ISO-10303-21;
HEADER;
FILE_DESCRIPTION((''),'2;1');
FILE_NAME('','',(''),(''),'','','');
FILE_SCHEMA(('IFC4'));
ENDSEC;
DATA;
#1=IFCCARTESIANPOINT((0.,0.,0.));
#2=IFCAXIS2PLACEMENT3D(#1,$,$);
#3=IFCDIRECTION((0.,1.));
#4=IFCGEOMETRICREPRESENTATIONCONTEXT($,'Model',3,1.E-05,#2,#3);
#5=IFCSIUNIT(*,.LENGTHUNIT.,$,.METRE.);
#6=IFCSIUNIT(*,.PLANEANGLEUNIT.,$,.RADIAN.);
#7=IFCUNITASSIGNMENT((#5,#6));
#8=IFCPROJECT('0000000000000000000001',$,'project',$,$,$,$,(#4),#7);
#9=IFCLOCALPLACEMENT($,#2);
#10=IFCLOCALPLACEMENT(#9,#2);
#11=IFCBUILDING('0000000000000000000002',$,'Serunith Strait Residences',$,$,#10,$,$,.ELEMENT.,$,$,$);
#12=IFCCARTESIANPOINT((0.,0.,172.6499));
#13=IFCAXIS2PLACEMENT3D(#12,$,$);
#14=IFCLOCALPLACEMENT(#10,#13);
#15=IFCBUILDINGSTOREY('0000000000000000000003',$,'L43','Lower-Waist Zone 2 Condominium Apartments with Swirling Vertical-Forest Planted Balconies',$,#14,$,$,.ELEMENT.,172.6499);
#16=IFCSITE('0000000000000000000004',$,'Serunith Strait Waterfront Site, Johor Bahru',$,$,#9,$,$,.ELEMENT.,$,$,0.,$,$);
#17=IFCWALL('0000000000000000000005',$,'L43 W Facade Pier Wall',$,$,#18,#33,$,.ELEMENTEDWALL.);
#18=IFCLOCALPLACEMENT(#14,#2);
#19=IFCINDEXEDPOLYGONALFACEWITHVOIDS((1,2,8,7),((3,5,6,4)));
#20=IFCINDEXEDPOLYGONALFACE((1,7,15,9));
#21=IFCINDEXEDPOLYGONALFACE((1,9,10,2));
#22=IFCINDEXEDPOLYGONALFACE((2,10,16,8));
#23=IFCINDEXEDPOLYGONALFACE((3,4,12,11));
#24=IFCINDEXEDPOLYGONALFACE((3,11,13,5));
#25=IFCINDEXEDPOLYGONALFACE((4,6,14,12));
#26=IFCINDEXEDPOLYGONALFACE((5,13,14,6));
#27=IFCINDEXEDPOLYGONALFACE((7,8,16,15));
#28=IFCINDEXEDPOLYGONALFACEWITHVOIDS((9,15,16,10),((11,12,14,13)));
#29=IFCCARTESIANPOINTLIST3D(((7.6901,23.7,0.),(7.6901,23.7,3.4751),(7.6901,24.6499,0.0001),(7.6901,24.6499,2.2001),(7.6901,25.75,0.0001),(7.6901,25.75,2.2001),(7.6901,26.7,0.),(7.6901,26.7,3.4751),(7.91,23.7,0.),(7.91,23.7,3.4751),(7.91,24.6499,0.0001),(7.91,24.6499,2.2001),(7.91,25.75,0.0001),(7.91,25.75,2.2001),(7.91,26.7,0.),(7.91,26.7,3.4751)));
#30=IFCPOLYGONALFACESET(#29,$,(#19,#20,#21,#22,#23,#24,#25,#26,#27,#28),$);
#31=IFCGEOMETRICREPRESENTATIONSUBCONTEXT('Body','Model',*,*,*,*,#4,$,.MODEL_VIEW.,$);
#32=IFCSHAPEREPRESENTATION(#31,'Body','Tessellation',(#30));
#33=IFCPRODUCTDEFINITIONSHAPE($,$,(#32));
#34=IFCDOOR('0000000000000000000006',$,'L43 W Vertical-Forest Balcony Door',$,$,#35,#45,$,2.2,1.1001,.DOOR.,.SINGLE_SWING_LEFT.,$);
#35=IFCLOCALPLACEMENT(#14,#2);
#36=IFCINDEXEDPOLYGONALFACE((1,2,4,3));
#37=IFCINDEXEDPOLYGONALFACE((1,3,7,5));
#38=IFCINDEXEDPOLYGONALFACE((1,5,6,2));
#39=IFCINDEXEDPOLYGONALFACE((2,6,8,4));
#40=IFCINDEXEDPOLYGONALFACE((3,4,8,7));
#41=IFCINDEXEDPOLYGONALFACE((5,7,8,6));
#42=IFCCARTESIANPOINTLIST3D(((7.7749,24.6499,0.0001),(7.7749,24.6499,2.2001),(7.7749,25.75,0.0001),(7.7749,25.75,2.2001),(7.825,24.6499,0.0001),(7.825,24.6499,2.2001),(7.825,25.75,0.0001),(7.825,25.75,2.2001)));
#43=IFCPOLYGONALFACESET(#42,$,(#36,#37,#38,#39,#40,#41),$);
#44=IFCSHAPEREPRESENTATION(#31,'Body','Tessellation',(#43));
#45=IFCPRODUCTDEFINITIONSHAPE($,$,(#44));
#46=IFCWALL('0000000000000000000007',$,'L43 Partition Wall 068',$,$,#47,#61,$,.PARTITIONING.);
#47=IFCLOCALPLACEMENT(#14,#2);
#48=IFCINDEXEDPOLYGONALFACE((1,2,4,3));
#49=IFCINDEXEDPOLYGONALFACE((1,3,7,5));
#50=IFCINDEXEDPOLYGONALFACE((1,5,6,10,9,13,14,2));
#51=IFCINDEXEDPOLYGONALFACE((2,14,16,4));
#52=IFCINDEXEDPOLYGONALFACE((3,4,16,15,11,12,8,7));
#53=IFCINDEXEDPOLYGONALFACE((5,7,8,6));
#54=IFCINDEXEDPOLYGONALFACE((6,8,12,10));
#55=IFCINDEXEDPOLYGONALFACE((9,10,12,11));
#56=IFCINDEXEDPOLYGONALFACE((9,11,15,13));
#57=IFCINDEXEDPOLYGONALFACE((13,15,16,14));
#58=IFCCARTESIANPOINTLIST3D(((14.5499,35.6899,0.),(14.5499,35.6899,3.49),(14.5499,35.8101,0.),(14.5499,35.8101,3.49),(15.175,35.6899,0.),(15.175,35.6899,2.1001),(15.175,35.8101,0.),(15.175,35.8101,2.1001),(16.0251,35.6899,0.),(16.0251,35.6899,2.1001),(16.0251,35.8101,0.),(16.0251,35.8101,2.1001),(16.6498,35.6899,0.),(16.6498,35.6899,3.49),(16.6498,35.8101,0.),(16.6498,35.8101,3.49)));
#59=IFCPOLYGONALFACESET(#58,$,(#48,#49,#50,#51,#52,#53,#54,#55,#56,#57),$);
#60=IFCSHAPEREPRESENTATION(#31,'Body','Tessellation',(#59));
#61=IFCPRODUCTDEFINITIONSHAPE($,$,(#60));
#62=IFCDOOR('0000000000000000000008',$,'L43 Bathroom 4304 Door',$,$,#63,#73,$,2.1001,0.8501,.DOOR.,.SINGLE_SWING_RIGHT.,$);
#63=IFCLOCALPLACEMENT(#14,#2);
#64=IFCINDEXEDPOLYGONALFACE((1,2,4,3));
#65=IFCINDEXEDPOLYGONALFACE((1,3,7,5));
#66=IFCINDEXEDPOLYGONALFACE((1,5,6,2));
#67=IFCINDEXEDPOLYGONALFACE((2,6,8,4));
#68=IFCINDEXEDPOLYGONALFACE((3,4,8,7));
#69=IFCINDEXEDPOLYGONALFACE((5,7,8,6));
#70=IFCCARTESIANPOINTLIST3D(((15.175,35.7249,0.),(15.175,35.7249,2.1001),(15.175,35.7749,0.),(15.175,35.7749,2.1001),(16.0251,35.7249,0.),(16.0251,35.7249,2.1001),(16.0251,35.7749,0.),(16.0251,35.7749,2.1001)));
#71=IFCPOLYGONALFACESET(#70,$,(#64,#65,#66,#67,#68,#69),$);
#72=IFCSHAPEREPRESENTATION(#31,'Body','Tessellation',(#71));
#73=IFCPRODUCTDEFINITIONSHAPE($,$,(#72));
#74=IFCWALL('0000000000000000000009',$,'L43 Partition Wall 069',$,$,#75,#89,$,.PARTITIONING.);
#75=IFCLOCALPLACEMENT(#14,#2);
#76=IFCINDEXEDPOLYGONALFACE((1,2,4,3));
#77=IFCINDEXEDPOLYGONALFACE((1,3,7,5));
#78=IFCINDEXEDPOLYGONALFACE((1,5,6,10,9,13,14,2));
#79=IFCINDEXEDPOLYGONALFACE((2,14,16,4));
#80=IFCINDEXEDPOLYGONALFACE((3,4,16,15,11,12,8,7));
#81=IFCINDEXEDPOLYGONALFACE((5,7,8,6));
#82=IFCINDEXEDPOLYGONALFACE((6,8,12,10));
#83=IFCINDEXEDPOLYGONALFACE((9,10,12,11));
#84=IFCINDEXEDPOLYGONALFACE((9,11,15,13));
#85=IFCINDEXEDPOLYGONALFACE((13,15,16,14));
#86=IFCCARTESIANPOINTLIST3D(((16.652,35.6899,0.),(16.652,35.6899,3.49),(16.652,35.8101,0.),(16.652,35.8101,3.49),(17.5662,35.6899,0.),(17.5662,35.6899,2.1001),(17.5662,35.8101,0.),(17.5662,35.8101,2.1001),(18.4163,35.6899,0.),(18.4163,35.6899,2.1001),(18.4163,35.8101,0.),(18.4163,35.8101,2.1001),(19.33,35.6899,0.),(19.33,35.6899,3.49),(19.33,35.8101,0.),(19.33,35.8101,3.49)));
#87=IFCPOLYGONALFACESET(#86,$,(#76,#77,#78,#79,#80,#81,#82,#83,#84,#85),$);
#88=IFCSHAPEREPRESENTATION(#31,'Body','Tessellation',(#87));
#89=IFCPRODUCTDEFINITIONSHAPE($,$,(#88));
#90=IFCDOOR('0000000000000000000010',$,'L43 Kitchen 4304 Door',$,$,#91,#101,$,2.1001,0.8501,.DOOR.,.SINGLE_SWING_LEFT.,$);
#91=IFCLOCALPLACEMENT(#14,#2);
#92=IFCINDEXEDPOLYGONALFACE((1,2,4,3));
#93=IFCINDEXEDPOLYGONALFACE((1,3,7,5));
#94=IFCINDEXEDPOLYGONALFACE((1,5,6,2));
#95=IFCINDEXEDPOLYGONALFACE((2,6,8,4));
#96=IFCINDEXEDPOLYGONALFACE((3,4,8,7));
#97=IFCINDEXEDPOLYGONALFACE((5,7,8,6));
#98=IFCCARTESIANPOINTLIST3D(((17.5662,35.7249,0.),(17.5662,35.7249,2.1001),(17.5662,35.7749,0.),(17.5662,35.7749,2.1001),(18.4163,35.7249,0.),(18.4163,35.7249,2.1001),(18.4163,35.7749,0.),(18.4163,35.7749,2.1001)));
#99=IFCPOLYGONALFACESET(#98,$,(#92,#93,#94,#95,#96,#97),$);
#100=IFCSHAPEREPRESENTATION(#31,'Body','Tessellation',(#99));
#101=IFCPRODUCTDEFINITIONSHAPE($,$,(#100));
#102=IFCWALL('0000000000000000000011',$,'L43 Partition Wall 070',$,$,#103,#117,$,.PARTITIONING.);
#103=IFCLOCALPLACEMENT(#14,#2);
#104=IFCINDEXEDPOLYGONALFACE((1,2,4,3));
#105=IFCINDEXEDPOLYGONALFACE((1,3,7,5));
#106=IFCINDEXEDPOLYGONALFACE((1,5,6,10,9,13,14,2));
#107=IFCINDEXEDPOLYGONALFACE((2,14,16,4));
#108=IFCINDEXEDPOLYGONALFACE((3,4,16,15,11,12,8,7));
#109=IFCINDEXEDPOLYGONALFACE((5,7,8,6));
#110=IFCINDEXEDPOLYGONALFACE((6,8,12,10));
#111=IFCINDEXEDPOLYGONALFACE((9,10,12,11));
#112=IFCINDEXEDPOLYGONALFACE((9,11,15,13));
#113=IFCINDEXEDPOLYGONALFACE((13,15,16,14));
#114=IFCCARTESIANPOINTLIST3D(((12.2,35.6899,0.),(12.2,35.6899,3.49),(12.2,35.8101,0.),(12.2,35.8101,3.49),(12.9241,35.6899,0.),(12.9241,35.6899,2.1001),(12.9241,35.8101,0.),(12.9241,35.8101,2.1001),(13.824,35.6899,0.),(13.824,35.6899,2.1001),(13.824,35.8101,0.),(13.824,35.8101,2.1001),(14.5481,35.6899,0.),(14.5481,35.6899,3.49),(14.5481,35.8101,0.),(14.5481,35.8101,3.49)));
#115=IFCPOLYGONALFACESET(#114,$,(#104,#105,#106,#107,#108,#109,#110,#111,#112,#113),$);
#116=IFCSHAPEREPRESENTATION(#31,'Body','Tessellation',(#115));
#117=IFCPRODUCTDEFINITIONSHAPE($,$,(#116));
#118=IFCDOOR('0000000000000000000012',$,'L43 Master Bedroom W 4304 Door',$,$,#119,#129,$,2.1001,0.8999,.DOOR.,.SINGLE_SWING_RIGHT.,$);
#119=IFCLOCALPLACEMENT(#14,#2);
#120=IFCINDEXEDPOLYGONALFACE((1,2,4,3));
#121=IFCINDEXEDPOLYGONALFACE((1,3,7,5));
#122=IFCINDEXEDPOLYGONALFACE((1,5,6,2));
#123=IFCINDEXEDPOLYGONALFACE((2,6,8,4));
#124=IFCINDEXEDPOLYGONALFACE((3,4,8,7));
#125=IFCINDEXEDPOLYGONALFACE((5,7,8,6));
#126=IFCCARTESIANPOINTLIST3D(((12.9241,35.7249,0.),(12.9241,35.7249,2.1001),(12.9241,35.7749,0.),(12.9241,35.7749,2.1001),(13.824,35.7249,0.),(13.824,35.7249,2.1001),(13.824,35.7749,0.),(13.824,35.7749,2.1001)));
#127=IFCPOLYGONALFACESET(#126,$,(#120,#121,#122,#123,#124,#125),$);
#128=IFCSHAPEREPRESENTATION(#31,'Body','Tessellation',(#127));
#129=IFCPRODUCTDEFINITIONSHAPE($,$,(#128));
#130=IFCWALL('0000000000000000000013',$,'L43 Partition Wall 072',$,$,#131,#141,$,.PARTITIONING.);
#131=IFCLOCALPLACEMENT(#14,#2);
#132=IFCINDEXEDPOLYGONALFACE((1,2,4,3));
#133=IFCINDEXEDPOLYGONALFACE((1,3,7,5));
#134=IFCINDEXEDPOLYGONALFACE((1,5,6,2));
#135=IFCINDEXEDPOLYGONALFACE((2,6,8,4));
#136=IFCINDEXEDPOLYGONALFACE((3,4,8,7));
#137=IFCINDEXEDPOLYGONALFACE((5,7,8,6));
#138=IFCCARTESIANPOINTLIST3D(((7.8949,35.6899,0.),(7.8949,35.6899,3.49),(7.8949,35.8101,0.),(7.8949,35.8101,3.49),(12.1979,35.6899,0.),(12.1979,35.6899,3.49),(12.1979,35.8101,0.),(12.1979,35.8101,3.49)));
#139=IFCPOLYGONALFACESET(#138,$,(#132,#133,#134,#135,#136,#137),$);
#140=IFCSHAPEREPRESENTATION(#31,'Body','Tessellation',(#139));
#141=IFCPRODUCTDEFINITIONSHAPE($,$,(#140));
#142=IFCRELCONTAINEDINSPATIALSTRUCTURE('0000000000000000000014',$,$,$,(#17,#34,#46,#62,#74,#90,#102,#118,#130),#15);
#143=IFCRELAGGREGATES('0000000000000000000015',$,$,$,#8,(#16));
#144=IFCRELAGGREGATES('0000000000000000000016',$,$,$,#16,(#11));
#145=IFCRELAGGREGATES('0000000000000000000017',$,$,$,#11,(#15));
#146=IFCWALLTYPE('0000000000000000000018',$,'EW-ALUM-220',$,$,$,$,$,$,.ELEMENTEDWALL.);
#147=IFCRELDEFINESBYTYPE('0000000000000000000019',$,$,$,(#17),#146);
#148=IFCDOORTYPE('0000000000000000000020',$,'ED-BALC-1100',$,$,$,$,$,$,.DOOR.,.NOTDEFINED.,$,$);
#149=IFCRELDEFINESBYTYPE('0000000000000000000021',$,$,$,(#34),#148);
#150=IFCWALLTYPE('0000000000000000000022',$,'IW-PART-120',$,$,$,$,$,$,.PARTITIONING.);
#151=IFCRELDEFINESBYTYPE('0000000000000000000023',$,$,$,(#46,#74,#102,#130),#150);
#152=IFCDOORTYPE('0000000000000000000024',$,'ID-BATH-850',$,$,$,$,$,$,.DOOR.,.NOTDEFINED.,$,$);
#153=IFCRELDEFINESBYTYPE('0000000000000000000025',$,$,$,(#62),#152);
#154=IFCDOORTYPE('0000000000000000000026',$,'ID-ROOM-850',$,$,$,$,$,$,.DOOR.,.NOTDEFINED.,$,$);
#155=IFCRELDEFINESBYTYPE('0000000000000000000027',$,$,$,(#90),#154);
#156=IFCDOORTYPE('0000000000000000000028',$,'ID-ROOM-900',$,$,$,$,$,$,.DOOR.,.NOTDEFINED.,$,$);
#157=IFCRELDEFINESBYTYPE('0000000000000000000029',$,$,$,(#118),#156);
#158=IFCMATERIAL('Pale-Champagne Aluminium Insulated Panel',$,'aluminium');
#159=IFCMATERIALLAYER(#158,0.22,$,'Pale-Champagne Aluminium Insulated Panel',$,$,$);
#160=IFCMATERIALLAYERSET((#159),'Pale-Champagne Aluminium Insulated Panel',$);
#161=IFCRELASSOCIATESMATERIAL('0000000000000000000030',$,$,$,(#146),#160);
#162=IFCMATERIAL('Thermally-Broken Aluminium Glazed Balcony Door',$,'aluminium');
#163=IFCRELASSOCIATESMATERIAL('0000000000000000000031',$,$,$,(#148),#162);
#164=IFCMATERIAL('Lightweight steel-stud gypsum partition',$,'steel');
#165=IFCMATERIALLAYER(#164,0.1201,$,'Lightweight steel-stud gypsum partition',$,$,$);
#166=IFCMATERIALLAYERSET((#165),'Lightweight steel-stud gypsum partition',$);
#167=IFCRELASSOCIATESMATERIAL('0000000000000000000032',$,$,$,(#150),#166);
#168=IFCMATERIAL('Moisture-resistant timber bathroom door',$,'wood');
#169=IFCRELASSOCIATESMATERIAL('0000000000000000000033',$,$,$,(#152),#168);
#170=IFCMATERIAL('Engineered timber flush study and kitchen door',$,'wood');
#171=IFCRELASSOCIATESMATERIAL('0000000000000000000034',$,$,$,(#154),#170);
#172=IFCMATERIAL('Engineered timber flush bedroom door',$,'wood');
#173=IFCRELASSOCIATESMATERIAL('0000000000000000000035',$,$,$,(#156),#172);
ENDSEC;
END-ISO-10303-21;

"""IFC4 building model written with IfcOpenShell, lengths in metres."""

from ifc_helpers import new_model, si_unit, direction, frame, frame_2d, origin, place, context, subcontext, project, spatial, rectangle, extrude, source, transform, mapped, material, layer, layer_set, type_object, element, fill, save


model = new_model("IFC4")

# Units and contexts
model_context = context("Model", 3, precision=1e-05, world=origin(), true_north=direction((0.0, 1.0)))
body_context = subcontext(model_context, "Body", "Model", "MODEL_VIEW")
ifc_project = project(units=[si_unit("LENGTHUNIT", "METRE"), si_unit("PLANEANGLEUNIT", "RADIAN")], contexts=[model_context])

# Site, building, storey
site_placement = place(None, origin())
site = spatial("IfcSite", under=ifc_project, at=site_placement, Name="Serunith Strait Waterfront Site, Johor Bahru", CompositionType="ELEMENT", RefElevation=0.0)
building_placement = place(site_placement, origin())
building = spatial("IfcBuilding", under=site, at=building_placement, Name="Serunith Strait Residences", CompositionType="ELEMENT")
storey_placement = place(building_placement, frame((0.0, 0.0, 172.6499)))
storey = spatial("IfcBuildingStorey", under=building, at=storey_placement, Name="L43", Description="Lower-Waist Zone 2 Condominium Apartments with Swirling Vertical-Forest Planted Balconies", CompositionType="ELEMENT", Elevation=172.6499)

# Walls, openings, doors
ifc_material_1 = material(Name="Pale-Champagne Aluminium Insulated Panel", Category="aluminium")
ifc_layer_1 = layer(ifc_material_1, 0.22, Name="Pale-Champagne Aluminium Insulated Panel")
ifc_layer_set_1 = layer_set([ifc_layer_1], Name="Pale-Champagne Aluminium Insulated Panel")
wall_type_1 = type_object("IfcWallType", Name="EW-ALUM-220", PredefinedType="ELEMENTEDWALL", material=ifc_layer_set_1)
wall_1_placement = place(storey_placement, frame((7.8, 26.7, 0.0), z_axis=(0.0, 0.0, 1.0), x_axis=(0.0, -1.0, 0.0)))
wall_1 = element("IfcWall", 1, at=wall_1_placement, inside=storey, type_object=wall_type_1, Name="L43 W Facade Pier Wall", PredefinedType="ELEMENTEDWALL", context=body_context, shape_type="SweptSolid", body=[
    extrude(rectangle(XDim=3.0, YDim=0.22, at=frame_2d((1.5, 0.0))), origin(), (0.0, 0.0, 1.0), 3.4751),
])
opening_1_placement = place(wall_1_placement, frame((0.95, 0.0, 0.0)))
opening_1 = element("IfcOpeningElement", 2, at=opening_1_placement, cuts=wall_1, PredefinedType="OPENING", context=body_context, shape_type="SweptSolid", body=[
    extrude(rectangle(XDim=1.1001, YDim=2.2, at=frame_2d((0.55, 1.1001))), frame((0.0, 0.1201, 0.0), z_axis=(0.0, -1.0, 0.0), x_axis=(1.0, 0.0, 0.0)), (0.0, 0.0, 1.0), 0.24),
])
ifc_material_2 = material(Name="Thermally-Broken Aluminium Glazed Balcony Door", Category="aluminium")
door_type_1 = type_object("IfcDoorType", Name="ED-BALC-1100", OperationType="NOTDEFINED", PredefinedType="DOOR", material=ifc_material_2)
shared_shape_1 = source(origin(), body_context, "Body", "SweptSolid", [
    extrude(rectangle(XDim=1.1001, YDim=2.2, at=frame_2d((0.55, 1.1001))), frame((0.0, 0.0249, 0.0), z_axis=(0.0, -1.0, 0.0), x_axis=(1.0, 0.0, 0.0)), (0.0, 0.0, 1.0), 0.05),
])
door_1_placement = place(opening_1_placement, origin())
door_1 = element("IfcDoor", 3, at=door_1_placement, inside=storey, type_object=door_type_1, Name="L43 W Vertical-Forest Balcony Door", OperationType="SINGLE_SWING_LEFT", OverallHeight=2.2, OverallWidth=1.1001, PredefinedType="DOOR", context=body_context, shape_type="MappedRepresentation", body=[
    mapped(shared_shape_1, transform((0.0, 0.0, 0.0), scale=1.0)),
])
fill(opening_1, door_1)
ifc_material_3 = material(Name="Lightweight steel-stud gypsum partition", Category="steel")
ifc_layer_2 = layer(ifc_material_3, 0.1201, Name="Lightweight steel-stud gypsum partition")
ifc_layer_set_2 = layer_set([ifc_layer_2], Name="Lightweight steel-stud gypsum partition")
wall_type_2 = type_object("IfcWallType", Name="IW-PART-120", PredefinedType="PARTITIONING", material=ifc_layer_set_2)
wall_2_placement = place(storey_placement, frame((14.55, 35.75, 0.0), z_axis=(0.0, 0.0, 1.0), x_axis=(1.0, 0.0, 0.0)))
wall_2 = element("IfcWall", 4, at=wall_2_placement, inside=storey, type_object=wall_type_2, Name="L43 Partition Wall 068", PredefinedType="PARTITIONING", context=body_context, shape_type="SweptSolid", body=[
    extrude(rectangle(XDim=2.0999, YDim=0.1201, at=frame_2d((1.0498, 0.0))), origin(), (0.0, 0.0, 1.0), 3.49),
])
opening_2_placement = place(wall_2_placement, frame((0.625, 0.0, 0.0)))
opening_2 = element("IfcOpeningElement", 5, at=opening_2_placement, cuts=wall_2, PredefinedType="OPENING", context=body_context, shape_type="SweptSolid", body=[
    extrude(rectangle(XDim=0.8501, YDim=2.1001, at=frame_2d((0.425, 1.05))), frame((0.0, 0.0701, 0.0), z_axis=(0.0, -1.0, 0.0), x_axis=(1.0, 0.0, 0.0)), (0.0, 0.0, 1.0), 0.1401),
])
ifc_material_4 = material(Name="Moisture-resistant timber bathroom door", Category="wood")
door_type_2 = type_object("IfcDoorType", Name="ID-BATH-850", OperationType="NOTDEFINED", PredefinedType="DOOR", material=ifc_material_4)
shared_shape_2 = source(origin(), body_context, "Body", "SweptSolid", [
    extrude(rectangle(XDim=0.8501, YDim=2.1001, at=frame_2d((0.425, 1.05))), frame((0.0, 0.0249, 0.0), z_axis=(0.0, -1.0, 0.0), x_axis=(1.0, 0.0, 0.0)), (0.0, 0.0, 1.0), 0.05),
])
door_2_placement = place(opening_2_placement, origin())
door_2 = element("IfcDoor", 6, at=door_2_placement, inside=storey, type_object=door_type_2, Name="L43 Bathroom 4304 Door", OperationType="SINGLE_SWING_RIGHT", OverallHeight=2.1001, OverallWidth=0.8501, PredefinedType="DOOR", context=body_context, shape_type="MappedRepresentation", body=[
    mapped(shared_shape_2, transform((0.0, 0.0, 0.0), scale=1.0)),
])
fill(opening_2, door_2)
wall_3_placement = place(storey_placement, frame((16.6521, 35.75, 0.0), z_axis=(0.0, 0.0, 1.0), x_axis=(1.0, 0.0, 0.0)))
wall_3 = element("IfcWall", 7, at=wall_3_placement, inside=storey, type_object=wall_type_2, Name="L43 Partition Wall 069", PredefinedType="PARTITIONING", context=body_context, shape_type="SweptSolid", body=[
    extrude(rectangle(XDim=2.678, YDim=0.1201, at=frame_2d((1.3389, 0.0))), origin(), (0.0, 0.0, 1.0), 3.49),
])
opening_3_placement = place(wall_3_placement, frame((0.9141, 0.0, 0.0)))
opening_3 = element("IfcOpeningElement", 8, at=opening_3_placement, cuts=wall_3, PredefinedType="OPENING", context=body_context, shape_type="SweptSolid", body=[
    extrude(rectangle(XDim=0.8501, YDim=2.1001, at=frame_2d((0.425, 1.05))), frame((0.0, 0.0701, 0.0), z_axis=(0.0, -1.0, 0.0), x_axis=(1.0, 0.0, 0.0)), (0.0, 0.0, 1.0), 0.1401),
])
ifc_material_5 = material(Name="Engineered timber flush study and kitchen door", Category="wood")
door_type_3 = type_object("IfcDoorType", Name="ID-ROOM-850", OperationType="NOTDEFINED", PredefinedType="DOOR", material=ifc_material_5)
door_3_placement = place(opening_3_placement, origin())
door_3 = element("IfcDoor", 9, at=door_3_placement, inside=storey, type_object=door_type_3, Name="L43 Kitchen 4304 Door", OperationType="SINGLE_SWING_LEFT", OverallHeight=2.1001, OverallWidth=0.8501, PredefinedType="DOOR", context=body_context, shape_type="MappedRepresentation", body=[
    mapped(shared_shape_2, transform((0.0, 0.0, 0.0), scale=1.0)),
])
fill(opening_3, door_3)
wall_4_placement = place(storey_placement, frame((12.2, 35.75, 0.0), z_axis=(0.0, 0.0, 1.0), x_axis=(1.0, 0.0, 0.0)))
wall_4 = element("IfcWall", 10, at=wall_4_placement, inside=storey, type_object=wall_type_2, Name="L43 Partition Wall 070", PredefinedType="PARTITIONING", context=body_context, shape_type="SweptSolid", body=[
    extrude(rectangle(XDim=2.3481, YDim=0.1201, at=frame_2d((1.1741, 0.0))), origin(), (0.0, 0.0, 1.0), 3.49),
])
opening_4_placement = place(wall_4_placement, frame((0.7241, 0.0, 0.0)))
opening_4 = element("IfcOpeningElement", 11, at=opening_4_placement, cuts=wall_4, PredefinedType="OPENING", context=body_context, shape_type="SweptSolid", body=[
    extrude(rectangle(XDim=0.8999, YDim=2.1001, at=frame_2d((0.45, 1.05))), frame((0.0, 0.0701, 0.0), z_axis=(0.0, -1.0, 0.0), x_axis=(1.0, 0.0, 0.0)), (0.0, 0.0, 1.0), 0.1401),
])
ifc_material_6 = material(Name="Engineered timber flush bedroom door", Category="wood")
door_type_4 = type_object("IfcDoorType", Name="ID-ROOM-900", OperationType="NOTDEFINED", PredefinedType="DOOR", material=ifc_material_6)
shared_shape_3 = source(origin(), body_context, "Body", "SweptSolid", [
    extrude(rectangle(XDim=0.8999, YDim=2.1001, at=frame_2d((0.45, 1.05))), frame((0.0, 0.0249, 0.0), z_axis=(0.0, -1.0, 0.0), x_axis=(1.0, 0.0, 0.0)), (0.0, 0.0, 1.0), 0.05),
])
door_4_placement = place(opening_4_placement, origin())
door_4 = element("IfcDoor", 12, at=door_4_placement, inside=storey, type_object=door_type_4, Name="L43 Master Bedroom W 4304 Door", OperationType="SINGLE_SWING_RIGHT", OverallHeight=2.1001, OverallWidth=0.8999, PredefinedType="DOOR", context=body_context, shape_type="MappedRepresentation", body=[
    mapped(shared_shape_3, transform((0.0, 0.0, 0.0), scale=1.0)),
])
fill(opening_4, door_4)

# Wall
wall_5_placement = place(storey_placement, frame((7.895, 35.75, 0.0), z_axis=(0.0, 0.0, 1.0), x_axis=(1.0, 0.0, 0.0)))
element("IfcWall", 13, at=wall_5_placement, inside=storey, type_object=wall_type_2, Name="L43 Partition Wall 072", PredefinedType="PARTITIONING", context=body_context, shape_type="SweptSolid", body=[
    extrude(rectangle(XDim=4.303, YDim=0.1201, at=frame_2d((2.1514, 0.0))), origin(), (0.0, 0.0, 1.0), 3.49),
])

save(model, "model.ifc")
